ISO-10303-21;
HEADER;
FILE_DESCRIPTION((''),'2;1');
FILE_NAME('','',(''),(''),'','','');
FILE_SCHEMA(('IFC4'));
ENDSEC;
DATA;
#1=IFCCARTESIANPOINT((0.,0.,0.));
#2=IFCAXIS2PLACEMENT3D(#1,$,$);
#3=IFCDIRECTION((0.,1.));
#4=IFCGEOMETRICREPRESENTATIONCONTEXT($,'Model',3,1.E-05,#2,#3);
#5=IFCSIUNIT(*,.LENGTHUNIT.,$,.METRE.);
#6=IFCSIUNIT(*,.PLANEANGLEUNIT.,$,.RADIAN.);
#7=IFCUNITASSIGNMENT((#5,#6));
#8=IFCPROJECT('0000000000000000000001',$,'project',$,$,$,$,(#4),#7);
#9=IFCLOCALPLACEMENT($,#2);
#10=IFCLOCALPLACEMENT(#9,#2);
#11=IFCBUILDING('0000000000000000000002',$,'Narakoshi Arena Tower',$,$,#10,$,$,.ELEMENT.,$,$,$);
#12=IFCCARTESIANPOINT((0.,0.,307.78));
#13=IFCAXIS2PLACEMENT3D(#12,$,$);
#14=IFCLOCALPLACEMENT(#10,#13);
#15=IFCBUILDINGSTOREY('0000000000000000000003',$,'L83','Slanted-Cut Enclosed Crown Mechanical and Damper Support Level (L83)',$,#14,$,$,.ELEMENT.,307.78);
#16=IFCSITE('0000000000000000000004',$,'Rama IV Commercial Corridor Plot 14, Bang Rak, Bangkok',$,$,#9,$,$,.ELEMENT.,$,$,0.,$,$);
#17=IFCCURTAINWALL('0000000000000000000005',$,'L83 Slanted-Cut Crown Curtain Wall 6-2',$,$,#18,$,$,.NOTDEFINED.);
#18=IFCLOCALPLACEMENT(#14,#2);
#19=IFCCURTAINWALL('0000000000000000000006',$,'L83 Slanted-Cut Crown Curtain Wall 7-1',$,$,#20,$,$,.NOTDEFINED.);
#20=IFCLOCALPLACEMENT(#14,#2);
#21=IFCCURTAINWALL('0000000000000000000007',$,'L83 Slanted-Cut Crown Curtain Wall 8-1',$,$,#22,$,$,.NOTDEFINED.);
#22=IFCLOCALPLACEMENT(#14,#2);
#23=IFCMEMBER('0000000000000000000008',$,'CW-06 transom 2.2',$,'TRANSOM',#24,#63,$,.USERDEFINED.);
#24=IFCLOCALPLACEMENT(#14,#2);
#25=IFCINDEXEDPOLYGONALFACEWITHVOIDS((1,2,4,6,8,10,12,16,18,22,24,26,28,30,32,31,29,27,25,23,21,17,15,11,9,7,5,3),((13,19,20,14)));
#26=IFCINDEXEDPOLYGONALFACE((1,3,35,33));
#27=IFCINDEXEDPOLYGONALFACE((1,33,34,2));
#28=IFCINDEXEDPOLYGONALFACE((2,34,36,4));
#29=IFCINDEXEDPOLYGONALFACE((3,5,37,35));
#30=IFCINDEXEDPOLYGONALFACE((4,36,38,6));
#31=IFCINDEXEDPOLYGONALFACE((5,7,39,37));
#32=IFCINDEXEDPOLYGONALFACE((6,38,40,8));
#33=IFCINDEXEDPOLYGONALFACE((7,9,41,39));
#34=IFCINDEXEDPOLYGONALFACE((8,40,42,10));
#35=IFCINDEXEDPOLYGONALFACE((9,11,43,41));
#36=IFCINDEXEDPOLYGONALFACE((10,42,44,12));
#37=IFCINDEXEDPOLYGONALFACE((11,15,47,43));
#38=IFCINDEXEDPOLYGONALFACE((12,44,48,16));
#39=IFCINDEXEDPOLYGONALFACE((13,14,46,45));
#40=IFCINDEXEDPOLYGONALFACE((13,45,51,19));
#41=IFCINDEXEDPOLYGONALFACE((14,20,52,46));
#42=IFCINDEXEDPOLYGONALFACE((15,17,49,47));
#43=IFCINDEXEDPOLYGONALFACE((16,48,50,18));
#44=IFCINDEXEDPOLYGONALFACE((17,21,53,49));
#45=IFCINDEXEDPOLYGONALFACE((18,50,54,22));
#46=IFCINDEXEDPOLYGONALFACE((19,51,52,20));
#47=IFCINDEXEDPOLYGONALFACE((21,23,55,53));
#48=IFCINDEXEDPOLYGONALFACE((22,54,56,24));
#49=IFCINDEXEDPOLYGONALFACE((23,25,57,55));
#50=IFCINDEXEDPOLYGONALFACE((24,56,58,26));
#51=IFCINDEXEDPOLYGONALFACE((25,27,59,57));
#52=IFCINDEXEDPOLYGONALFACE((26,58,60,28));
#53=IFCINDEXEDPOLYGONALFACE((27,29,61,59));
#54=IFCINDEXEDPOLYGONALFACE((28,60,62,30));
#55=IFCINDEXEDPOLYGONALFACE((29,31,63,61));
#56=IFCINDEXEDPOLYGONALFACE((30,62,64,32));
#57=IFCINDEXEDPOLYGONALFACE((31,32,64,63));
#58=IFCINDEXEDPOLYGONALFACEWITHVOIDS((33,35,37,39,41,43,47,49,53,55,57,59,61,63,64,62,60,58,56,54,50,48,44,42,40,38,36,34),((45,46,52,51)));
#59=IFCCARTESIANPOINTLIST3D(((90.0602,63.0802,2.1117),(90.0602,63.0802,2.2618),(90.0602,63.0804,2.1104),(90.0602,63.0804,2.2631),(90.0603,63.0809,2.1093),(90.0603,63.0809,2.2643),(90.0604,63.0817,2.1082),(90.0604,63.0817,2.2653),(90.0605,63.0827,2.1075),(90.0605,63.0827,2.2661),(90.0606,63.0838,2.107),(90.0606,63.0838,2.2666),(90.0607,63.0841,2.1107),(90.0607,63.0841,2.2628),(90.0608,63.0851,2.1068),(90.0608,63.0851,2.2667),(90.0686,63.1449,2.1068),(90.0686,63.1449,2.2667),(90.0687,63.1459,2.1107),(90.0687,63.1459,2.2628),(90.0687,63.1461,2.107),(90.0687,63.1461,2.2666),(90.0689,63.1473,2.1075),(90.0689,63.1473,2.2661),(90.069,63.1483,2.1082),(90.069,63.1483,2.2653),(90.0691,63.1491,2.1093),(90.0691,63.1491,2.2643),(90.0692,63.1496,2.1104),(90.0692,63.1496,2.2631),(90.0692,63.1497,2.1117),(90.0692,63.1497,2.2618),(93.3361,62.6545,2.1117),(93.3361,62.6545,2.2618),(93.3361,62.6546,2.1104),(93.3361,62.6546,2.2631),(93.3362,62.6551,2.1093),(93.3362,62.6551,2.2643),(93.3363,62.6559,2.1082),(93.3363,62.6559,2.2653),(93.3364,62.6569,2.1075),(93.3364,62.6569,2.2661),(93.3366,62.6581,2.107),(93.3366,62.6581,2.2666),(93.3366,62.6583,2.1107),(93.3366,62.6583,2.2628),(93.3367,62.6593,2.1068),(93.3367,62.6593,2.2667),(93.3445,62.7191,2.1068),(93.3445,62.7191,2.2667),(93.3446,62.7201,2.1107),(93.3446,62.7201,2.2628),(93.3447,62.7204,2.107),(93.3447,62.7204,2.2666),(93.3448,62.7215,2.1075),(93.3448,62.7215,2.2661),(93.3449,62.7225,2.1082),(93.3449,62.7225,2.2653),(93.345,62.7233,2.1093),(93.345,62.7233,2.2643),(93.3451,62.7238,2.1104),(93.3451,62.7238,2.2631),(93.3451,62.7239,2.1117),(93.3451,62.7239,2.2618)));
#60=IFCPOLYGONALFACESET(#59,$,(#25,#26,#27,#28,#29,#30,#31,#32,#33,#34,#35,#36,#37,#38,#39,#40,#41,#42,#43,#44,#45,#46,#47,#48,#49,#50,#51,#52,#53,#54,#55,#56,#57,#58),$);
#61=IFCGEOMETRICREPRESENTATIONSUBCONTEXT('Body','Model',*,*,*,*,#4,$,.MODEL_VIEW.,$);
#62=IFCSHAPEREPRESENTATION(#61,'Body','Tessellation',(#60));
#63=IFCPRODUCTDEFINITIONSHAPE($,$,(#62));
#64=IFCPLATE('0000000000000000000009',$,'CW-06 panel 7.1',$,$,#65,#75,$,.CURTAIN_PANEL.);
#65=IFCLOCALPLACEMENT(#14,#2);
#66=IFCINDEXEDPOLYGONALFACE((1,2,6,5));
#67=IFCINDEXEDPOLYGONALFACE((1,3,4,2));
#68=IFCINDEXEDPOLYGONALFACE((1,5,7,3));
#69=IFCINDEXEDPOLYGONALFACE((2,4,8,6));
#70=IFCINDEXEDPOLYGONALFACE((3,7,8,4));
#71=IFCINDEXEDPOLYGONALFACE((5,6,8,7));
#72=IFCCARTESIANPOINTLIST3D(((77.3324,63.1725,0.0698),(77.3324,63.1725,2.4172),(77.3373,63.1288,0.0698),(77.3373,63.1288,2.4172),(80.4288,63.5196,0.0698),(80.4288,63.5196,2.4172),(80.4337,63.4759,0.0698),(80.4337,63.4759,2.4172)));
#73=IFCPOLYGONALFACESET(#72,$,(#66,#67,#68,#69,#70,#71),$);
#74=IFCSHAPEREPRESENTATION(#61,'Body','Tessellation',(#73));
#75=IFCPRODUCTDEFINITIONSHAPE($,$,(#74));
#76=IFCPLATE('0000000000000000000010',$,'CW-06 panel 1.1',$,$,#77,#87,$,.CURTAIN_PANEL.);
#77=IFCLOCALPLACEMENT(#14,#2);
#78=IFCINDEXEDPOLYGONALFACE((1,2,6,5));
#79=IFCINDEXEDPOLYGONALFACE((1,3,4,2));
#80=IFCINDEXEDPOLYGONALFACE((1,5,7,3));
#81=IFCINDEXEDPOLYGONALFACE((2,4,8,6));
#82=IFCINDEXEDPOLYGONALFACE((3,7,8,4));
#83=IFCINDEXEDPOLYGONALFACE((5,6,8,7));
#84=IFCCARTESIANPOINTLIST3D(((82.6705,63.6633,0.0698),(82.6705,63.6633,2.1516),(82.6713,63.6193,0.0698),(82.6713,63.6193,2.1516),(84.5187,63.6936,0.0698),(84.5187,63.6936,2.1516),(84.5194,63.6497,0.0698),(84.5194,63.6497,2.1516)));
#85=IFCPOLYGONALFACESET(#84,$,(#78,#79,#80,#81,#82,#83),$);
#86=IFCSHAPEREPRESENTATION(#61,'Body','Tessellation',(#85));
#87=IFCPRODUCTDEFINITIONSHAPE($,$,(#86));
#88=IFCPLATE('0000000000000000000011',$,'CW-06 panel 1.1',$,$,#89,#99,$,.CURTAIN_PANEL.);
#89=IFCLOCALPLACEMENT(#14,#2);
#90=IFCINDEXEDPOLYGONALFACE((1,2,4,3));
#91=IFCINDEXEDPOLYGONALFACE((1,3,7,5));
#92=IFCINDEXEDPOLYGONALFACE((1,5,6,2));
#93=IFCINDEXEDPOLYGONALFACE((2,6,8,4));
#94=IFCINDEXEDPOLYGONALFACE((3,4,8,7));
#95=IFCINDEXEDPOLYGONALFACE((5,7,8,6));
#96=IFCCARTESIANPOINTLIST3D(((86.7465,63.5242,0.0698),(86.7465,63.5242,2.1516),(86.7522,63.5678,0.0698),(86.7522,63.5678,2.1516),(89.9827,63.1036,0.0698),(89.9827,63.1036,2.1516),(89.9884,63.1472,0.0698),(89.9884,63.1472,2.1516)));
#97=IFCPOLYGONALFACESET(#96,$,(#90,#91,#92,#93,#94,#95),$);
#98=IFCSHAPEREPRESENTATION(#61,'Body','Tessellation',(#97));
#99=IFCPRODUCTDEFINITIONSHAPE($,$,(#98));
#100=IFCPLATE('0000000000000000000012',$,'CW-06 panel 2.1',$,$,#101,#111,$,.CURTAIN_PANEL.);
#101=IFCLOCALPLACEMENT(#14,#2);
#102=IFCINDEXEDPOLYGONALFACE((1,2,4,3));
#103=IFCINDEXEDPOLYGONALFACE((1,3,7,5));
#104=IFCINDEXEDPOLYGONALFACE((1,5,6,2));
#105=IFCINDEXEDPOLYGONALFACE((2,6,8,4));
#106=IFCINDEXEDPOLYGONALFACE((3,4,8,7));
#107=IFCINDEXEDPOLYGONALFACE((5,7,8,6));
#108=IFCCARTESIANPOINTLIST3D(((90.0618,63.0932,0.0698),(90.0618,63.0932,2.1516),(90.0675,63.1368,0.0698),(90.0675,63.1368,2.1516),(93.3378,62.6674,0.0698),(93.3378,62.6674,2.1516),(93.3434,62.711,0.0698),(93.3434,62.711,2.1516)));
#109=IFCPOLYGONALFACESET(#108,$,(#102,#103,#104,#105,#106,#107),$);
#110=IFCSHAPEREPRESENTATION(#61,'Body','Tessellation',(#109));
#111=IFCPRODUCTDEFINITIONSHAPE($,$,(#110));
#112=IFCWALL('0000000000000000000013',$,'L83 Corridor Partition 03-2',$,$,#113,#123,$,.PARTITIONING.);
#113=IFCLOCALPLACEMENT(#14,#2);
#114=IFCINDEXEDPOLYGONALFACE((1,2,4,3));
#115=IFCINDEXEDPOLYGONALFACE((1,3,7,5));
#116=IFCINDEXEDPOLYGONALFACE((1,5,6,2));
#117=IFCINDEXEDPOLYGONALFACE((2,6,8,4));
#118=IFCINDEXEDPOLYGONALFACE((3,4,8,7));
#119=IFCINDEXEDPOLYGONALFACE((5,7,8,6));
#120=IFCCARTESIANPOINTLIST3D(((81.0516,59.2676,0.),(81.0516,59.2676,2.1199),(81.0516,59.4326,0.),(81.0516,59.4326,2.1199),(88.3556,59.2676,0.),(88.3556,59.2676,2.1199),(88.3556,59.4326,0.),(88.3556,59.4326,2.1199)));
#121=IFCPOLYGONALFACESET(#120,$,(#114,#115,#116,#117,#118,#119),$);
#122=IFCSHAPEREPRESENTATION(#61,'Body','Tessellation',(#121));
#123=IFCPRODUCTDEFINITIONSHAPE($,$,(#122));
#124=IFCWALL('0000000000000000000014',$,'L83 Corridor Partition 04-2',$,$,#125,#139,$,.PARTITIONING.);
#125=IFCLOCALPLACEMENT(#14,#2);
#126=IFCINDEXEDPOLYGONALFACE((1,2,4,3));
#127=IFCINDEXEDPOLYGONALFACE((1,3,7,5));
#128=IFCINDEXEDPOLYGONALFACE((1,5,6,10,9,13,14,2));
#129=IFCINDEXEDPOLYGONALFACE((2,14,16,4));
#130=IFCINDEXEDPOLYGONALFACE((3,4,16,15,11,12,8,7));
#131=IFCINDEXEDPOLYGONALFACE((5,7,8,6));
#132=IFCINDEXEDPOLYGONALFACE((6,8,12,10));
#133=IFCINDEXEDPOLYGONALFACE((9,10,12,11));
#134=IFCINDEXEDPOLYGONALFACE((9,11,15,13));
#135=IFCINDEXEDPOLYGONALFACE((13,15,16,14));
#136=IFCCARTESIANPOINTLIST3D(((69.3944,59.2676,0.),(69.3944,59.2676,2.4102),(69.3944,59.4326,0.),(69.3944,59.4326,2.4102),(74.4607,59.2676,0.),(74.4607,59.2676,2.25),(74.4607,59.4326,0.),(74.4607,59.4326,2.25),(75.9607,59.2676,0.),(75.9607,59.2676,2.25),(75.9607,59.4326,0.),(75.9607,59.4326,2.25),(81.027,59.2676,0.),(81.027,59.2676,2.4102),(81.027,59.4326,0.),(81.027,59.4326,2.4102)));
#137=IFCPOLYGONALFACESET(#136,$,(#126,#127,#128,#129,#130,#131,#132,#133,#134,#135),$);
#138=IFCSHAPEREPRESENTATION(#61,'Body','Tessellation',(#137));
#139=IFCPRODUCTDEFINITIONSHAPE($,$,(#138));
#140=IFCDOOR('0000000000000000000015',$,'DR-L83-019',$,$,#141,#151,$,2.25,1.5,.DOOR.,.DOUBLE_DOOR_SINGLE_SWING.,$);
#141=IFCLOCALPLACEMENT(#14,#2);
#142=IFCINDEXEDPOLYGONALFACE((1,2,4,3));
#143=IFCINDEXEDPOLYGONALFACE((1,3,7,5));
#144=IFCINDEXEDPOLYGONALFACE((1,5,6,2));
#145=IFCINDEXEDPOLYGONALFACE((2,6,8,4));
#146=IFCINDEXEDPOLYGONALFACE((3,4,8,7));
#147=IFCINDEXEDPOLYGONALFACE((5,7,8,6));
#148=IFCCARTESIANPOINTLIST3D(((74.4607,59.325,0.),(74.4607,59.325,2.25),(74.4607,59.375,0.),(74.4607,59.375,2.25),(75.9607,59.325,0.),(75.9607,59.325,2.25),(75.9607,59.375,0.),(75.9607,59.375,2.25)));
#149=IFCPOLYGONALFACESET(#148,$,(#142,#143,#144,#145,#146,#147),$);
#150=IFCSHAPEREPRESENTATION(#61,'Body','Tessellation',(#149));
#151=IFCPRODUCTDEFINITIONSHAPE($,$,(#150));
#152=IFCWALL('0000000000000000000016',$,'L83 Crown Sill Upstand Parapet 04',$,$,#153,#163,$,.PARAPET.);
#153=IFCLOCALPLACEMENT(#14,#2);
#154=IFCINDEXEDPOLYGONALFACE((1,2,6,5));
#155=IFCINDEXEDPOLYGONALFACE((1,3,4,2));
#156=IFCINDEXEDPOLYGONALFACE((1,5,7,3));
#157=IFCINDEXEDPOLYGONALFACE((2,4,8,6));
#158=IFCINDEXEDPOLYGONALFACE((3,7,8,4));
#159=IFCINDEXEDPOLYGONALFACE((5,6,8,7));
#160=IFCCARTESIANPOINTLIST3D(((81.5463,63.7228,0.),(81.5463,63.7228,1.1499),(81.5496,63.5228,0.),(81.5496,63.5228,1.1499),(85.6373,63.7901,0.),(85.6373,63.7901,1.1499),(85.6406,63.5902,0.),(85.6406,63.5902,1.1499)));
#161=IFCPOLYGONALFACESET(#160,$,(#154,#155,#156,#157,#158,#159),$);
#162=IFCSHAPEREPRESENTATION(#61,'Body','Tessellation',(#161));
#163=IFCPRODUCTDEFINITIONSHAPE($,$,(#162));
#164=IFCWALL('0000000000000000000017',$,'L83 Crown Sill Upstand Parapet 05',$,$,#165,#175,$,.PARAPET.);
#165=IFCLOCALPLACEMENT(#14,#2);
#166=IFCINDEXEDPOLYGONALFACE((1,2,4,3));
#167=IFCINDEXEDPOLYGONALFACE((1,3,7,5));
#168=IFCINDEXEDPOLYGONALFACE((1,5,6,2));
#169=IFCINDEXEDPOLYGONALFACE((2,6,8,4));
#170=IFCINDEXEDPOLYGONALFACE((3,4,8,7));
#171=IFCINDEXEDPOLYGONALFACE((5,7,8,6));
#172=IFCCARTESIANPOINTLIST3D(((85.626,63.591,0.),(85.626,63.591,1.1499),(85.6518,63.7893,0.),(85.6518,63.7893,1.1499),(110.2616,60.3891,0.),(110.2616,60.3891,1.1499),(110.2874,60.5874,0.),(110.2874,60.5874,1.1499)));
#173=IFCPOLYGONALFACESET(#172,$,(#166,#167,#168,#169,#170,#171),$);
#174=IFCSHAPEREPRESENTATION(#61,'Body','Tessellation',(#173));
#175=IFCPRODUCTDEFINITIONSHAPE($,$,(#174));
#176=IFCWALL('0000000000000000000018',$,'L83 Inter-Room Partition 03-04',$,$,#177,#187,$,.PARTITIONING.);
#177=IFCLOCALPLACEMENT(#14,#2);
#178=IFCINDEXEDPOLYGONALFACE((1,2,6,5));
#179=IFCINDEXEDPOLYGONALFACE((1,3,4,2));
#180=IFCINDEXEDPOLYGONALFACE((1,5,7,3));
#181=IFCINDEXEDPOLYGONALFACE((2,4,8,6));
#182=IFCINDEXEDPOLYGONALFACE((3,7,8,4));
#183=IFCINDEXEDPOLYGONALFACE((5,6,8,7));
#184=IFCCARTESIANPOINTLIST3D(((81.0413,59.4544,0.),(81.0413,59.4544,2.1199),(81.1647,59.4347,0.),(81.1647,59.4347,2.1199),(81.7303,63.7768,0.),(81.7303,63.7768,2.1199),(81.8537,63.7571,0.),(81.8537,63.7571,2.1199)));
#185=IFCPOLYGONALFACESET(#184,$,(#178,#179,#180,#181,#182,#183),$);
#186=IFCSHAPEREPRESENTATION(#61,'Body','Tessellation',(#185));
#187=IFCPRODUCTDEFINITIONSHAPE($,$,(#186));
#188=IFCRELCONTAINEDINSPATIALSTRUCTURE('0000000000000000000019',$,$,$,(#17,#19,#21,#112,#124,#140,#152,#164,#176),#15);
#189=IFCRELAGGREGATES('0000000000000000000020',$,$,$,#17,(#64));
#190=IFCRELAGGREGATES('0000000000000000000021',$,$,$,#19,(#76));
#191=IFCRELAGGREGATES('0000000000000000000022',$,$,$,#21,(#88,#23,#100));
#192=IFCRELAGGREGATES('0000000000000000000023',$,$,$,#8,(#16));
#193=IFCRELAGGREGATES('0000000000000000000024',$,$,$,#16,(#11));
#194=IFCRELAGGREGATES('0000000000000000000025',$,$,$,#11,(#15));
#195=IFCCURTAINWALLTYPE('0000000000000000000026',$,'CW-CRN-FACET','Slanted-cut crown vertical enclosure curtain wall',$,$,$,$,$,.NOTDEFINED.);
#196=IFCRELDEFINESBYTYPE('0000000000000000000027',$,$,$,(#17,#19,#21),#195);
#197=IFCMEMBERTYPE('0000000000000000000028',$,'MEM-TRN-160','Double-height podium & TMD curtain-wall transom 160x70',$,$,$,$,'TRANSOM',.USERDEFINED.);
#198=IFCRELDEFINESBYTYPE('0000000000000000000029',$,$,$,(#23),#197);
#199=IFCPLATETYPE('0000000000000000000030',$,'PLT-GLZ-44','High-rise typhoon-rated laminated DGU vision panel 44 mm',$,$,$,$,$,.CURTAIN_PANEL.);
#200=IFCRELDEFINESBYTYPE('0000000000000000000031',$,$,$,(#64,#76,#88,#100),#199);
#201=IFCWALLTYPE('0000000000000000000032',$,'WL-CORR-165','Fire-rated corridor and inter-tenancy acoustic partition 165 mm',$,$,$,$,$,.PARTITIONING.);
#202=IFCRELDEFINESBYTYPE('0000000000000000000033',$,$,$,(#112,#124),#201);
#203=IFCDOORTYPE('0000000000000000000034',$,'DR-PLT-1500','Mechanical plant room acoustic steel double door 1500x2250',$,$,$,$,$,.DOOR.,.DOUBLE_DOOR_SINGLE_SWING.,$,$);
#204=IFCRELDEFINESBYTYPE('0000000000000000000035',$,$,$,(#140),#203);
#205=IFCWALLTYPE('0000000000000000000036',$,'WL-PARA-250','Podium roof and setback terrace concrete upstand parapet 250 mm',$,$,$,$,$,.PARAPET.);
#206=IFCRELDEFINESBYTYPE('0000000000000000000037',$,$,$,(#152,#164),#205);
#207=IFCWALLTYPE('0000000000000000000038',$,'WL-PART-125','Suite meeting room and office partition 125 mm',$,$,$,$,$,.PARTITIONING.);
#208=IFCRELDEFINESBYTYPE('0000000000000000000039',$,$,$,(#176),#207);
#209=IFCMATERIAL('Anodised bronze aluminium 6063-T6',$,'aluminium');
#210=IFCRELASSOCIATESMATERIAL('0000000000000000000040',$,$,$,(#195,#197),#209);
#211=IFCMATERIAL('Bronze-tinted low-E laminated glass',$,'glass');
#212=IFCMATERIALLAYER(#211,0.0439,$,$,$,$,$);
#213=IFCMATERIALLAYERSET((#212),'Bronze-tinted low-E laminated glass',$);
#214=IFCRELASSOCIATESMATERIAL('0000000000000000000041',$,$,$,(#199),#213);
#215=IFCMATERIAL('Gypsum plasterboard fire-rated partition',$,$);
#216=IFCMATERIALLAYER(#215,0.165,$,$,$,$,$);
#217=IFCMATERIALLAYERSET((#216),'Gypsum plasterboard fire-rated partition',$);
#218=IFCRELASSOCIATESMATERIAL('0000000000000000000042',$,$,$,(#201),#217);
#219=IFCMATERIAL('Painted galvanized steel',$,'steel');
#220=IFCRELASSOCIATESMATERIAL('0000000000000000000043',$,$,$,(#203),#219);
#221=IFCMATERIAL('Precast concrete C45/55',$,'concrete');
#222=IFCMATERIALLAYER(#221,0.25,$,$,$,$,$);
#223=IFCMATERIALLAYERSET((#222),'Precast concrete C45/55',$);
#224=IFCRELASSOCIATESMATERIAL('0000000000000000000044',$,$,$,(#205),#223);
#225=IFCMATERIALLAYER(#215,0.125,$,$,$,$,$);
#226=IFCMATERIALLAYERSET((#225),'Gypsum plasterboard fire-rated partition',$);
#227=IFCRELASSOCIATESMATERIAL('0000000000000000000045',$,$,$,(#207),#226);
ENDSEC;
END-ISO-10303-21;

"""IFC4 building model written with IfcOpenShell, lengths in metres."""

from ifc_helpers import new_model, si_unit, direction, frame, frame_2d, origin, origin_2d, place, context, subcontext, project, spatial, rectangle, hollow_rectangle, extrude, material, layer, layer_set, material_profile, profile_set, type_object, element, fill, aggregate, save


model = new_model("IFC4")

# Units and contexts
model_context = context("Model", 3, precision=1e-05, world=origin(), true_north=direction((0.0, 1.0)))
body_context = subcontext(model_context, "Body", "Model", "MODEL_VIEW")
ifc_project = project(units=[si_unit("LENGTHUNIT", "METRE"), si_unit("PLANEANGLEUNIT", "RADIAN")], contexts=[model_context])

# Site, building, storey
site_placement = place(None, origin())
site = spatial("IfcSite", under=ifc_project, at=site_placement, Name="Rama IV Commercial Corridor Plot 14, Bang Rak, Bangkok", CompositionType="ELEMENT", RefElevation=0.0)
building_placement = place(site_placement, origin())
building = spatial("IfcBuilding", under=site, at=building_placement, Name="Narakoshi Arena Tower", CompositionType="ELEMENT")
storey_placement = place(building_placement, frame((0.0, 0.0, 307.78)))
storey = spatial("IfcBuildingStorey", under=building, at=storey_placement, Name="L83", Description="Slanted-Cut Enclosed Crown Mechanical and Damper Support Level (L83)", CompositionType="ELEMENT", Elevation=307.78)

# Curtain wall
ifc_material_1 = material(Name="Anodised bronze aluminium 6063-T6", Category="aluminium")
curtain_wall_type = type_object("IfcCurtainWallType", Name="CW-CRN-FACET", Description="Slanted-cut crown vertical enclosure curtain wall", PredefinedType="NOTDEFINED", material=ifc_material_1)
curtain_wall_1_placement = place(storey_placement, origin())
curtain_wall_1 = element("IfcCurtainWall", 1, at=curtain_wall_1_placement, inside=storey, type_object=curtain_wall_type, Name="L83 Slanted-Cut Crown Curtain Wall 6-2", PredefinedType="NOTDEFINED")

# Curtain walls
curtain_wall_2_placement = place(storey_placement, origin())
curtain_wall_2 = element("IfcCurtainWall", 2, at=curtain_wall_2_placement, inside=storey, type_object=curtain_wall_type, Name="L83 Slanted-Cut Crown Curtain Wall 7-1", PredefinedType="NOTDEFINED")
curtain_wall_3_placement = place(storey_placement, origin())
curtain_wall_3 = element("IfcCurtainWall", 3, at=curtain_wall_3_placement, inside=storey, type_object=curtain_wall_type, Name="L83 Slanted-Cut Crown Curtain Wall 8-1", PredefinedType="NOTDEFINED")

# Member
ifc_material_profile_1 = material_profile(ifc_material_1, hollow_rectangle(XDim=0.0701, YDim=0.1599, WallThickness=0.0039, OuterFilletRadius=0.0049, at=origin_2d()), Name="TRN160x70x4")
ifc_profile_set_1 = profile_set([ifc_material_profile_1], Name="Anodised bronze aluminium 6063-T6")
member_type_1 = type_object("IfcMemberType", Name="MEM-TRN-160", Description="Double-height podium & TMD curtain-wall transom 160x70", ElementType="TRANSOM", PredefinedType="USERDEFINED", material=ifc_profile_set_1)
member_1_placement = place(storey_placement, frame((90.0647, 63.115, 2.1868), z_axis=(0.991659, -0.128891, 0.0), x_axis=(0.128891, 0.991659, 0.0)))
member_1 = element("IfcMember", 4, at=member_1_placement, type_object=member_type_1, Name="CW-06 transom 2.2", ObjectType="TRANSOM", PredefinedType="USERDEFINED", context=body_context, shape_type="SweptSolid", body=[
    extrude(hollow_rectangle(XDim=0.0701, YDim=0.1599, WallThickness=0.0039, OuterFilletRadius=0.0049, at=origin_2d()), origin(), (0.0, 0.0, 1.0), 3.3035),
])

# Plates
ifc_material_2 = material(Name="Bronze-tinted low-E laminated glass", Category="glass")
ifc_layer_1 = layer(ifc_material_2, 0.0439)
ifc_layer_set_1 = layer_set([ifc_layer_1], Name="Bronze-tinted low-E laminated glass")
plate_type = type_object("IfcPlateType", Name="PLT-GLZ-44", Description="High-rise typhoon-rated laminated DGU vision panel 44 mm", PredefinedType="CURTAIN_PANEL", material=ifc_layer_set_1)
plate_1_placement = place(storey_placement, frame((78.8831, 63.3242, 0.0698), z_axis=(0.0, 0.0, 1.0), x_axis=(0.993776, 0.111395, 0.0)))
plate_1 = element("IfcPlate", 5, at=plate_1_placement, type_object=plate_type, Name="CW-06 panel 7.1", PredefinedType="CURTAIN_PANEL", context=body_context, shape_type="SweptSolid", body=[
    extrude(rectangle(XDim=3.1157, YDim=0.0439, at=origin_2d()), origin(), (0.0, 0.0, 1.0), 2.3474),
])
aggregate(curtain_wall_1, [plate_1])
plate_2_placement = place(storey_placement, frame((83.595, 63.6565, 0.0698), z_axis=(0.0, 0.0, 1.0), x_axis=(0.999865, 0.016431, 0.0)))
plate_2 = element("IfcPlate", 6, at=plate_2_placement, type_object=plate_type, Name="CW-06 panel 1.1", PredefinedType="CURTAIN_PANEL", context=body_context, shape_type="SweptSolid", body=[
    extrude(rectangle(XDim=1.8484, YDim=0.0439, at=origin_2d()), origin(), (0.0, 0.0, 1.0), 2.0818),
])
aggregate(curtain_wall_2, [plate_2])
plate_3_placement = place(storey_placement, frame((88.3674, 63.3357, 0.0698), z_axis=(0.0, 0.0, 1.0), x_axis=(0.991659, -0.12889, 0.0)))
plate_3 = element("IfcPlate", 7, at=plate_3_placement, type_object=plate_type, Name="CW-06 panel 1.1", PredefinedType="CURTAIN_PANEL", context=body_context, shape_type="SweptSolid", body=[
    extrude(rectangle(XDim=3.2634, YDim=0.0439, at=origin_2d()), origin(), (0.0, 0.0, 1.0), 2.0818),
])
plate_4_placement = place(storey_placement, frame((91.7026, 62.9021, 0.0698), z_axis=(0.0, 0.0, 1.0), x_axis=(0.991659, -0.12889, 0.0)))
plate_4 = element("IfcPlate", 8, at=plate_4_placement, type_object=plate_type, Name="CW-06 panel 2.1", PredefinedType="CURTAIN_PANEL", context=body_context, shape_type="SweptSolid", body=[
    extrude(rectangle(XDim=3.3035, YDim=0.0439, at=origin_2d()), origin(), (0.0, 0.0, 1.0), 2.0818),
])
aggregate(curtain_wall_3, [plate_3, member_1, plate_4])

# Wall
ifc_material_3 = material(Name="Gypsum plasterboard fire-rated partition")
ifc_layer_2 = layer(ifc_material_3, 0.165)
ifc_layer_set_2 = layer_set([ifc_layer_2], Name="Gypsum plasterboard fire-rated partition")
wall_type_1 = type_object("IfcWallType", Name="WL-CORR-165", Description="Fire-rated corridor and inter-tenancy acoustic partition 165 mm", PredefinedType="PARTITIONING", material=ifc_layer_set_2)
wall_1_placement = place(storey_placement, frame((88.3555, 59.3501, 0.0), z_axis=(0.0, 0.0, 1.0), x_axis=(-1.0, 0.0, 0.0)))
element("IfcWall", 9, at=wall_1_placement, inside=storey, type_object=wall_type_1, Name="L83 Corridor Partition 03-2", PredefinedType="PARTITIONING", context=body_context, shape_type="SweptSolid", body=[
    extrude(rectangle(XDim=7.304, YDim=0.165, at=frame_2d((3.6519, 0.0))), origin(), (0.0, 0.0, 1.0), 2.1199),
])

# Wall, opening, door
wall_2_placement = place(storey_placement, frame((81.0271, 59.3501, 0.0), z_axis=(0.0, 0.0, 1.0), x_axis=(-1.0, 0.0, 0.0)))
wall_2 = element("IfcWall", 10, at=wall_2_placement, inside=storey, type_object=wall_type_1, Name="L83 Corridor Partition 04-2", PredefinedType="PARTITIONING", context=body_context, shape_type="SweptSolid", body=[
    extrude(rectangle(XDim=11.6326, YDim=0.165, at=frame_2d((5.8164, 0.0))), origin(), (0.0, 0.0, 1.0), 2.4102),
])
opening_placement = place(wall_2_placement, frame((5.0664, 0.0, 0.0)))
opening = element("IfcOpeningElement", 11, at=opening_placement, cuts=wall_2, PredefinedType="OPENING", context=body_context, shape_type="SweptSolid", body=[
    extrude(rectangle(XDim=1.5, YDim=2.25, at=frame_2d((0.75, 1.125))), frame((0.0, 0.0925, 0.0), z_axis=(0.0, -1.0, 0.0), x_axis=(1.0, 0.0, 0.0)), (0.0, 0.0, 1.0), 0.1851),
])
ifc_material_4 = material(Name="Painted galvanized steel", Category="steel")
door_type = type_object("IfcDoorType", Name="DR-PLT-1500", Description="Mechanical plant room acoustic steel double door 1500x2250", OperationType="DOUBLE_DOOR_SINGLE_SWING", PredefinedType="DOOR", material=ifc_material_4)
door_placement = place(opening_placement, frame((1.5, 0.0, 0.0), z_axis=(0.0, 0.0, 1.0), x_axis=(-1.0, 0.0, 0.0)))
door = element("IfcDoor", 12, at=door_placement, inside=storey, type_object=door_type, Name="DR-L83-019", OperationType="DOUBLE_DOOR_SINGLE_SWING", OverallHeight=2.25, OverallWidth=1.5, PredefinedType="DOOR", context=body_context, shape_type="SweptSolid", body=[
    extrude(rectangle(XDim=1.5, YDim=2.25, at=frame_2d((0.75, 1.125))), frame((0.0, 0.0249, 0.0), z_axis=(0.0, -1.0, 0.0), x_axis=(1.0, 0.0, 0.0)), (0.0, 0.0, 1.0), 0.05),
])
fill(opening, door)

# Walls
ifc_material_5 = material(Name="Precast concrete C45/55", Category="concrete")
ifc_layer_3 = layer(ifc_material_5, 0.25)
ifc_layer_set_3 = layer_set([ifc_layer_3], Name="Precast concrete C45/55")
wall_type_2 = type_object("IfcWallType", Name="WL-PARA-250", Description="Podium roof and setback terrace concrete upstand parapet 250 mm", PredefinedType="PARAPET", material=ifc_layer_set_3)
wall_3_placement = place(storey_placement, frame((81.5479, 63.6228, 0.0), z_axis=(0.0, 0.0, 1.0), x_axis=(0.999864, 0.016468, 0.0)))
element("IfcWall", 13, at=wall_3_placement, inside=storey, type_object=wall_type_2, Name="L83 Crown Sill Upstand Parapet 04", PredefinedType="PARAPET", context=body_context, shape_type="SweptSolid", body=[
    extrude(rectangle(XDim=4.0916, YDim=0.2, at=frame_2d((2.0459, 0.0))), origin(), (0.0, 0.0, 1.0), 1.1499),
])
wall_4_placement = place(storey_placement, frame((85.6389, 63.6902, 0.0), z_axis=(0.0, 0.0, 1.0), x_axis=(0.991659, -0.128887, 0.0)))
element("IfcWall", 14, at=wall_4_placement, inside=storey, type_object=wall_type_2, Name="L83 Crown Sill Upstand Parapet 05", PredefinedType="PARAPET", context=body_context, shape_type="SweptSolid", body=[
    extrude(rectangle(XDim=24.8428, YDim=0.2, at=frame_2d((12.4214, 0.0))), origin(), (0.0, 0.0, 1.0), 1.1499),
])
ifc_layer_4 = layer(ifc_material_3, 0.125)
ifc_layer_set_4 = layer_set([ifc_layer_4], Name="Gypsum plasterboard fire-rated partition")
wall_type_3 = type_object("IfcWallType", Name="WL-PART-125", Description="Suite meeting room and office partition 125 mm", PredefinedType="PARTITIONING", material=ifc_layer_set_4)
wall_5_placement = place(storey_placement, frame((81.103, 59.4446, 0.0), z_axis=(0.0, 0.0, 1.0), x_axis=(0.157403, 0.987534, 0.0)))
element("IfcWall", 15, at=wall_5_placement, inside=storey, type_object=wall_type_3, Name="L83 Inter-Room Partition 03-04", PredefinedType="PARTITIONING", context=body_context, shape_type="SweptSolid", body=[
    extrude(rectangle(XDim=4.377, YDim=0.125, at=frame_2d((2.1885, 0.0))), origin(), (0.0, 0.0, 1.0), 2.1199),
])

save(model, "model.ifc")
